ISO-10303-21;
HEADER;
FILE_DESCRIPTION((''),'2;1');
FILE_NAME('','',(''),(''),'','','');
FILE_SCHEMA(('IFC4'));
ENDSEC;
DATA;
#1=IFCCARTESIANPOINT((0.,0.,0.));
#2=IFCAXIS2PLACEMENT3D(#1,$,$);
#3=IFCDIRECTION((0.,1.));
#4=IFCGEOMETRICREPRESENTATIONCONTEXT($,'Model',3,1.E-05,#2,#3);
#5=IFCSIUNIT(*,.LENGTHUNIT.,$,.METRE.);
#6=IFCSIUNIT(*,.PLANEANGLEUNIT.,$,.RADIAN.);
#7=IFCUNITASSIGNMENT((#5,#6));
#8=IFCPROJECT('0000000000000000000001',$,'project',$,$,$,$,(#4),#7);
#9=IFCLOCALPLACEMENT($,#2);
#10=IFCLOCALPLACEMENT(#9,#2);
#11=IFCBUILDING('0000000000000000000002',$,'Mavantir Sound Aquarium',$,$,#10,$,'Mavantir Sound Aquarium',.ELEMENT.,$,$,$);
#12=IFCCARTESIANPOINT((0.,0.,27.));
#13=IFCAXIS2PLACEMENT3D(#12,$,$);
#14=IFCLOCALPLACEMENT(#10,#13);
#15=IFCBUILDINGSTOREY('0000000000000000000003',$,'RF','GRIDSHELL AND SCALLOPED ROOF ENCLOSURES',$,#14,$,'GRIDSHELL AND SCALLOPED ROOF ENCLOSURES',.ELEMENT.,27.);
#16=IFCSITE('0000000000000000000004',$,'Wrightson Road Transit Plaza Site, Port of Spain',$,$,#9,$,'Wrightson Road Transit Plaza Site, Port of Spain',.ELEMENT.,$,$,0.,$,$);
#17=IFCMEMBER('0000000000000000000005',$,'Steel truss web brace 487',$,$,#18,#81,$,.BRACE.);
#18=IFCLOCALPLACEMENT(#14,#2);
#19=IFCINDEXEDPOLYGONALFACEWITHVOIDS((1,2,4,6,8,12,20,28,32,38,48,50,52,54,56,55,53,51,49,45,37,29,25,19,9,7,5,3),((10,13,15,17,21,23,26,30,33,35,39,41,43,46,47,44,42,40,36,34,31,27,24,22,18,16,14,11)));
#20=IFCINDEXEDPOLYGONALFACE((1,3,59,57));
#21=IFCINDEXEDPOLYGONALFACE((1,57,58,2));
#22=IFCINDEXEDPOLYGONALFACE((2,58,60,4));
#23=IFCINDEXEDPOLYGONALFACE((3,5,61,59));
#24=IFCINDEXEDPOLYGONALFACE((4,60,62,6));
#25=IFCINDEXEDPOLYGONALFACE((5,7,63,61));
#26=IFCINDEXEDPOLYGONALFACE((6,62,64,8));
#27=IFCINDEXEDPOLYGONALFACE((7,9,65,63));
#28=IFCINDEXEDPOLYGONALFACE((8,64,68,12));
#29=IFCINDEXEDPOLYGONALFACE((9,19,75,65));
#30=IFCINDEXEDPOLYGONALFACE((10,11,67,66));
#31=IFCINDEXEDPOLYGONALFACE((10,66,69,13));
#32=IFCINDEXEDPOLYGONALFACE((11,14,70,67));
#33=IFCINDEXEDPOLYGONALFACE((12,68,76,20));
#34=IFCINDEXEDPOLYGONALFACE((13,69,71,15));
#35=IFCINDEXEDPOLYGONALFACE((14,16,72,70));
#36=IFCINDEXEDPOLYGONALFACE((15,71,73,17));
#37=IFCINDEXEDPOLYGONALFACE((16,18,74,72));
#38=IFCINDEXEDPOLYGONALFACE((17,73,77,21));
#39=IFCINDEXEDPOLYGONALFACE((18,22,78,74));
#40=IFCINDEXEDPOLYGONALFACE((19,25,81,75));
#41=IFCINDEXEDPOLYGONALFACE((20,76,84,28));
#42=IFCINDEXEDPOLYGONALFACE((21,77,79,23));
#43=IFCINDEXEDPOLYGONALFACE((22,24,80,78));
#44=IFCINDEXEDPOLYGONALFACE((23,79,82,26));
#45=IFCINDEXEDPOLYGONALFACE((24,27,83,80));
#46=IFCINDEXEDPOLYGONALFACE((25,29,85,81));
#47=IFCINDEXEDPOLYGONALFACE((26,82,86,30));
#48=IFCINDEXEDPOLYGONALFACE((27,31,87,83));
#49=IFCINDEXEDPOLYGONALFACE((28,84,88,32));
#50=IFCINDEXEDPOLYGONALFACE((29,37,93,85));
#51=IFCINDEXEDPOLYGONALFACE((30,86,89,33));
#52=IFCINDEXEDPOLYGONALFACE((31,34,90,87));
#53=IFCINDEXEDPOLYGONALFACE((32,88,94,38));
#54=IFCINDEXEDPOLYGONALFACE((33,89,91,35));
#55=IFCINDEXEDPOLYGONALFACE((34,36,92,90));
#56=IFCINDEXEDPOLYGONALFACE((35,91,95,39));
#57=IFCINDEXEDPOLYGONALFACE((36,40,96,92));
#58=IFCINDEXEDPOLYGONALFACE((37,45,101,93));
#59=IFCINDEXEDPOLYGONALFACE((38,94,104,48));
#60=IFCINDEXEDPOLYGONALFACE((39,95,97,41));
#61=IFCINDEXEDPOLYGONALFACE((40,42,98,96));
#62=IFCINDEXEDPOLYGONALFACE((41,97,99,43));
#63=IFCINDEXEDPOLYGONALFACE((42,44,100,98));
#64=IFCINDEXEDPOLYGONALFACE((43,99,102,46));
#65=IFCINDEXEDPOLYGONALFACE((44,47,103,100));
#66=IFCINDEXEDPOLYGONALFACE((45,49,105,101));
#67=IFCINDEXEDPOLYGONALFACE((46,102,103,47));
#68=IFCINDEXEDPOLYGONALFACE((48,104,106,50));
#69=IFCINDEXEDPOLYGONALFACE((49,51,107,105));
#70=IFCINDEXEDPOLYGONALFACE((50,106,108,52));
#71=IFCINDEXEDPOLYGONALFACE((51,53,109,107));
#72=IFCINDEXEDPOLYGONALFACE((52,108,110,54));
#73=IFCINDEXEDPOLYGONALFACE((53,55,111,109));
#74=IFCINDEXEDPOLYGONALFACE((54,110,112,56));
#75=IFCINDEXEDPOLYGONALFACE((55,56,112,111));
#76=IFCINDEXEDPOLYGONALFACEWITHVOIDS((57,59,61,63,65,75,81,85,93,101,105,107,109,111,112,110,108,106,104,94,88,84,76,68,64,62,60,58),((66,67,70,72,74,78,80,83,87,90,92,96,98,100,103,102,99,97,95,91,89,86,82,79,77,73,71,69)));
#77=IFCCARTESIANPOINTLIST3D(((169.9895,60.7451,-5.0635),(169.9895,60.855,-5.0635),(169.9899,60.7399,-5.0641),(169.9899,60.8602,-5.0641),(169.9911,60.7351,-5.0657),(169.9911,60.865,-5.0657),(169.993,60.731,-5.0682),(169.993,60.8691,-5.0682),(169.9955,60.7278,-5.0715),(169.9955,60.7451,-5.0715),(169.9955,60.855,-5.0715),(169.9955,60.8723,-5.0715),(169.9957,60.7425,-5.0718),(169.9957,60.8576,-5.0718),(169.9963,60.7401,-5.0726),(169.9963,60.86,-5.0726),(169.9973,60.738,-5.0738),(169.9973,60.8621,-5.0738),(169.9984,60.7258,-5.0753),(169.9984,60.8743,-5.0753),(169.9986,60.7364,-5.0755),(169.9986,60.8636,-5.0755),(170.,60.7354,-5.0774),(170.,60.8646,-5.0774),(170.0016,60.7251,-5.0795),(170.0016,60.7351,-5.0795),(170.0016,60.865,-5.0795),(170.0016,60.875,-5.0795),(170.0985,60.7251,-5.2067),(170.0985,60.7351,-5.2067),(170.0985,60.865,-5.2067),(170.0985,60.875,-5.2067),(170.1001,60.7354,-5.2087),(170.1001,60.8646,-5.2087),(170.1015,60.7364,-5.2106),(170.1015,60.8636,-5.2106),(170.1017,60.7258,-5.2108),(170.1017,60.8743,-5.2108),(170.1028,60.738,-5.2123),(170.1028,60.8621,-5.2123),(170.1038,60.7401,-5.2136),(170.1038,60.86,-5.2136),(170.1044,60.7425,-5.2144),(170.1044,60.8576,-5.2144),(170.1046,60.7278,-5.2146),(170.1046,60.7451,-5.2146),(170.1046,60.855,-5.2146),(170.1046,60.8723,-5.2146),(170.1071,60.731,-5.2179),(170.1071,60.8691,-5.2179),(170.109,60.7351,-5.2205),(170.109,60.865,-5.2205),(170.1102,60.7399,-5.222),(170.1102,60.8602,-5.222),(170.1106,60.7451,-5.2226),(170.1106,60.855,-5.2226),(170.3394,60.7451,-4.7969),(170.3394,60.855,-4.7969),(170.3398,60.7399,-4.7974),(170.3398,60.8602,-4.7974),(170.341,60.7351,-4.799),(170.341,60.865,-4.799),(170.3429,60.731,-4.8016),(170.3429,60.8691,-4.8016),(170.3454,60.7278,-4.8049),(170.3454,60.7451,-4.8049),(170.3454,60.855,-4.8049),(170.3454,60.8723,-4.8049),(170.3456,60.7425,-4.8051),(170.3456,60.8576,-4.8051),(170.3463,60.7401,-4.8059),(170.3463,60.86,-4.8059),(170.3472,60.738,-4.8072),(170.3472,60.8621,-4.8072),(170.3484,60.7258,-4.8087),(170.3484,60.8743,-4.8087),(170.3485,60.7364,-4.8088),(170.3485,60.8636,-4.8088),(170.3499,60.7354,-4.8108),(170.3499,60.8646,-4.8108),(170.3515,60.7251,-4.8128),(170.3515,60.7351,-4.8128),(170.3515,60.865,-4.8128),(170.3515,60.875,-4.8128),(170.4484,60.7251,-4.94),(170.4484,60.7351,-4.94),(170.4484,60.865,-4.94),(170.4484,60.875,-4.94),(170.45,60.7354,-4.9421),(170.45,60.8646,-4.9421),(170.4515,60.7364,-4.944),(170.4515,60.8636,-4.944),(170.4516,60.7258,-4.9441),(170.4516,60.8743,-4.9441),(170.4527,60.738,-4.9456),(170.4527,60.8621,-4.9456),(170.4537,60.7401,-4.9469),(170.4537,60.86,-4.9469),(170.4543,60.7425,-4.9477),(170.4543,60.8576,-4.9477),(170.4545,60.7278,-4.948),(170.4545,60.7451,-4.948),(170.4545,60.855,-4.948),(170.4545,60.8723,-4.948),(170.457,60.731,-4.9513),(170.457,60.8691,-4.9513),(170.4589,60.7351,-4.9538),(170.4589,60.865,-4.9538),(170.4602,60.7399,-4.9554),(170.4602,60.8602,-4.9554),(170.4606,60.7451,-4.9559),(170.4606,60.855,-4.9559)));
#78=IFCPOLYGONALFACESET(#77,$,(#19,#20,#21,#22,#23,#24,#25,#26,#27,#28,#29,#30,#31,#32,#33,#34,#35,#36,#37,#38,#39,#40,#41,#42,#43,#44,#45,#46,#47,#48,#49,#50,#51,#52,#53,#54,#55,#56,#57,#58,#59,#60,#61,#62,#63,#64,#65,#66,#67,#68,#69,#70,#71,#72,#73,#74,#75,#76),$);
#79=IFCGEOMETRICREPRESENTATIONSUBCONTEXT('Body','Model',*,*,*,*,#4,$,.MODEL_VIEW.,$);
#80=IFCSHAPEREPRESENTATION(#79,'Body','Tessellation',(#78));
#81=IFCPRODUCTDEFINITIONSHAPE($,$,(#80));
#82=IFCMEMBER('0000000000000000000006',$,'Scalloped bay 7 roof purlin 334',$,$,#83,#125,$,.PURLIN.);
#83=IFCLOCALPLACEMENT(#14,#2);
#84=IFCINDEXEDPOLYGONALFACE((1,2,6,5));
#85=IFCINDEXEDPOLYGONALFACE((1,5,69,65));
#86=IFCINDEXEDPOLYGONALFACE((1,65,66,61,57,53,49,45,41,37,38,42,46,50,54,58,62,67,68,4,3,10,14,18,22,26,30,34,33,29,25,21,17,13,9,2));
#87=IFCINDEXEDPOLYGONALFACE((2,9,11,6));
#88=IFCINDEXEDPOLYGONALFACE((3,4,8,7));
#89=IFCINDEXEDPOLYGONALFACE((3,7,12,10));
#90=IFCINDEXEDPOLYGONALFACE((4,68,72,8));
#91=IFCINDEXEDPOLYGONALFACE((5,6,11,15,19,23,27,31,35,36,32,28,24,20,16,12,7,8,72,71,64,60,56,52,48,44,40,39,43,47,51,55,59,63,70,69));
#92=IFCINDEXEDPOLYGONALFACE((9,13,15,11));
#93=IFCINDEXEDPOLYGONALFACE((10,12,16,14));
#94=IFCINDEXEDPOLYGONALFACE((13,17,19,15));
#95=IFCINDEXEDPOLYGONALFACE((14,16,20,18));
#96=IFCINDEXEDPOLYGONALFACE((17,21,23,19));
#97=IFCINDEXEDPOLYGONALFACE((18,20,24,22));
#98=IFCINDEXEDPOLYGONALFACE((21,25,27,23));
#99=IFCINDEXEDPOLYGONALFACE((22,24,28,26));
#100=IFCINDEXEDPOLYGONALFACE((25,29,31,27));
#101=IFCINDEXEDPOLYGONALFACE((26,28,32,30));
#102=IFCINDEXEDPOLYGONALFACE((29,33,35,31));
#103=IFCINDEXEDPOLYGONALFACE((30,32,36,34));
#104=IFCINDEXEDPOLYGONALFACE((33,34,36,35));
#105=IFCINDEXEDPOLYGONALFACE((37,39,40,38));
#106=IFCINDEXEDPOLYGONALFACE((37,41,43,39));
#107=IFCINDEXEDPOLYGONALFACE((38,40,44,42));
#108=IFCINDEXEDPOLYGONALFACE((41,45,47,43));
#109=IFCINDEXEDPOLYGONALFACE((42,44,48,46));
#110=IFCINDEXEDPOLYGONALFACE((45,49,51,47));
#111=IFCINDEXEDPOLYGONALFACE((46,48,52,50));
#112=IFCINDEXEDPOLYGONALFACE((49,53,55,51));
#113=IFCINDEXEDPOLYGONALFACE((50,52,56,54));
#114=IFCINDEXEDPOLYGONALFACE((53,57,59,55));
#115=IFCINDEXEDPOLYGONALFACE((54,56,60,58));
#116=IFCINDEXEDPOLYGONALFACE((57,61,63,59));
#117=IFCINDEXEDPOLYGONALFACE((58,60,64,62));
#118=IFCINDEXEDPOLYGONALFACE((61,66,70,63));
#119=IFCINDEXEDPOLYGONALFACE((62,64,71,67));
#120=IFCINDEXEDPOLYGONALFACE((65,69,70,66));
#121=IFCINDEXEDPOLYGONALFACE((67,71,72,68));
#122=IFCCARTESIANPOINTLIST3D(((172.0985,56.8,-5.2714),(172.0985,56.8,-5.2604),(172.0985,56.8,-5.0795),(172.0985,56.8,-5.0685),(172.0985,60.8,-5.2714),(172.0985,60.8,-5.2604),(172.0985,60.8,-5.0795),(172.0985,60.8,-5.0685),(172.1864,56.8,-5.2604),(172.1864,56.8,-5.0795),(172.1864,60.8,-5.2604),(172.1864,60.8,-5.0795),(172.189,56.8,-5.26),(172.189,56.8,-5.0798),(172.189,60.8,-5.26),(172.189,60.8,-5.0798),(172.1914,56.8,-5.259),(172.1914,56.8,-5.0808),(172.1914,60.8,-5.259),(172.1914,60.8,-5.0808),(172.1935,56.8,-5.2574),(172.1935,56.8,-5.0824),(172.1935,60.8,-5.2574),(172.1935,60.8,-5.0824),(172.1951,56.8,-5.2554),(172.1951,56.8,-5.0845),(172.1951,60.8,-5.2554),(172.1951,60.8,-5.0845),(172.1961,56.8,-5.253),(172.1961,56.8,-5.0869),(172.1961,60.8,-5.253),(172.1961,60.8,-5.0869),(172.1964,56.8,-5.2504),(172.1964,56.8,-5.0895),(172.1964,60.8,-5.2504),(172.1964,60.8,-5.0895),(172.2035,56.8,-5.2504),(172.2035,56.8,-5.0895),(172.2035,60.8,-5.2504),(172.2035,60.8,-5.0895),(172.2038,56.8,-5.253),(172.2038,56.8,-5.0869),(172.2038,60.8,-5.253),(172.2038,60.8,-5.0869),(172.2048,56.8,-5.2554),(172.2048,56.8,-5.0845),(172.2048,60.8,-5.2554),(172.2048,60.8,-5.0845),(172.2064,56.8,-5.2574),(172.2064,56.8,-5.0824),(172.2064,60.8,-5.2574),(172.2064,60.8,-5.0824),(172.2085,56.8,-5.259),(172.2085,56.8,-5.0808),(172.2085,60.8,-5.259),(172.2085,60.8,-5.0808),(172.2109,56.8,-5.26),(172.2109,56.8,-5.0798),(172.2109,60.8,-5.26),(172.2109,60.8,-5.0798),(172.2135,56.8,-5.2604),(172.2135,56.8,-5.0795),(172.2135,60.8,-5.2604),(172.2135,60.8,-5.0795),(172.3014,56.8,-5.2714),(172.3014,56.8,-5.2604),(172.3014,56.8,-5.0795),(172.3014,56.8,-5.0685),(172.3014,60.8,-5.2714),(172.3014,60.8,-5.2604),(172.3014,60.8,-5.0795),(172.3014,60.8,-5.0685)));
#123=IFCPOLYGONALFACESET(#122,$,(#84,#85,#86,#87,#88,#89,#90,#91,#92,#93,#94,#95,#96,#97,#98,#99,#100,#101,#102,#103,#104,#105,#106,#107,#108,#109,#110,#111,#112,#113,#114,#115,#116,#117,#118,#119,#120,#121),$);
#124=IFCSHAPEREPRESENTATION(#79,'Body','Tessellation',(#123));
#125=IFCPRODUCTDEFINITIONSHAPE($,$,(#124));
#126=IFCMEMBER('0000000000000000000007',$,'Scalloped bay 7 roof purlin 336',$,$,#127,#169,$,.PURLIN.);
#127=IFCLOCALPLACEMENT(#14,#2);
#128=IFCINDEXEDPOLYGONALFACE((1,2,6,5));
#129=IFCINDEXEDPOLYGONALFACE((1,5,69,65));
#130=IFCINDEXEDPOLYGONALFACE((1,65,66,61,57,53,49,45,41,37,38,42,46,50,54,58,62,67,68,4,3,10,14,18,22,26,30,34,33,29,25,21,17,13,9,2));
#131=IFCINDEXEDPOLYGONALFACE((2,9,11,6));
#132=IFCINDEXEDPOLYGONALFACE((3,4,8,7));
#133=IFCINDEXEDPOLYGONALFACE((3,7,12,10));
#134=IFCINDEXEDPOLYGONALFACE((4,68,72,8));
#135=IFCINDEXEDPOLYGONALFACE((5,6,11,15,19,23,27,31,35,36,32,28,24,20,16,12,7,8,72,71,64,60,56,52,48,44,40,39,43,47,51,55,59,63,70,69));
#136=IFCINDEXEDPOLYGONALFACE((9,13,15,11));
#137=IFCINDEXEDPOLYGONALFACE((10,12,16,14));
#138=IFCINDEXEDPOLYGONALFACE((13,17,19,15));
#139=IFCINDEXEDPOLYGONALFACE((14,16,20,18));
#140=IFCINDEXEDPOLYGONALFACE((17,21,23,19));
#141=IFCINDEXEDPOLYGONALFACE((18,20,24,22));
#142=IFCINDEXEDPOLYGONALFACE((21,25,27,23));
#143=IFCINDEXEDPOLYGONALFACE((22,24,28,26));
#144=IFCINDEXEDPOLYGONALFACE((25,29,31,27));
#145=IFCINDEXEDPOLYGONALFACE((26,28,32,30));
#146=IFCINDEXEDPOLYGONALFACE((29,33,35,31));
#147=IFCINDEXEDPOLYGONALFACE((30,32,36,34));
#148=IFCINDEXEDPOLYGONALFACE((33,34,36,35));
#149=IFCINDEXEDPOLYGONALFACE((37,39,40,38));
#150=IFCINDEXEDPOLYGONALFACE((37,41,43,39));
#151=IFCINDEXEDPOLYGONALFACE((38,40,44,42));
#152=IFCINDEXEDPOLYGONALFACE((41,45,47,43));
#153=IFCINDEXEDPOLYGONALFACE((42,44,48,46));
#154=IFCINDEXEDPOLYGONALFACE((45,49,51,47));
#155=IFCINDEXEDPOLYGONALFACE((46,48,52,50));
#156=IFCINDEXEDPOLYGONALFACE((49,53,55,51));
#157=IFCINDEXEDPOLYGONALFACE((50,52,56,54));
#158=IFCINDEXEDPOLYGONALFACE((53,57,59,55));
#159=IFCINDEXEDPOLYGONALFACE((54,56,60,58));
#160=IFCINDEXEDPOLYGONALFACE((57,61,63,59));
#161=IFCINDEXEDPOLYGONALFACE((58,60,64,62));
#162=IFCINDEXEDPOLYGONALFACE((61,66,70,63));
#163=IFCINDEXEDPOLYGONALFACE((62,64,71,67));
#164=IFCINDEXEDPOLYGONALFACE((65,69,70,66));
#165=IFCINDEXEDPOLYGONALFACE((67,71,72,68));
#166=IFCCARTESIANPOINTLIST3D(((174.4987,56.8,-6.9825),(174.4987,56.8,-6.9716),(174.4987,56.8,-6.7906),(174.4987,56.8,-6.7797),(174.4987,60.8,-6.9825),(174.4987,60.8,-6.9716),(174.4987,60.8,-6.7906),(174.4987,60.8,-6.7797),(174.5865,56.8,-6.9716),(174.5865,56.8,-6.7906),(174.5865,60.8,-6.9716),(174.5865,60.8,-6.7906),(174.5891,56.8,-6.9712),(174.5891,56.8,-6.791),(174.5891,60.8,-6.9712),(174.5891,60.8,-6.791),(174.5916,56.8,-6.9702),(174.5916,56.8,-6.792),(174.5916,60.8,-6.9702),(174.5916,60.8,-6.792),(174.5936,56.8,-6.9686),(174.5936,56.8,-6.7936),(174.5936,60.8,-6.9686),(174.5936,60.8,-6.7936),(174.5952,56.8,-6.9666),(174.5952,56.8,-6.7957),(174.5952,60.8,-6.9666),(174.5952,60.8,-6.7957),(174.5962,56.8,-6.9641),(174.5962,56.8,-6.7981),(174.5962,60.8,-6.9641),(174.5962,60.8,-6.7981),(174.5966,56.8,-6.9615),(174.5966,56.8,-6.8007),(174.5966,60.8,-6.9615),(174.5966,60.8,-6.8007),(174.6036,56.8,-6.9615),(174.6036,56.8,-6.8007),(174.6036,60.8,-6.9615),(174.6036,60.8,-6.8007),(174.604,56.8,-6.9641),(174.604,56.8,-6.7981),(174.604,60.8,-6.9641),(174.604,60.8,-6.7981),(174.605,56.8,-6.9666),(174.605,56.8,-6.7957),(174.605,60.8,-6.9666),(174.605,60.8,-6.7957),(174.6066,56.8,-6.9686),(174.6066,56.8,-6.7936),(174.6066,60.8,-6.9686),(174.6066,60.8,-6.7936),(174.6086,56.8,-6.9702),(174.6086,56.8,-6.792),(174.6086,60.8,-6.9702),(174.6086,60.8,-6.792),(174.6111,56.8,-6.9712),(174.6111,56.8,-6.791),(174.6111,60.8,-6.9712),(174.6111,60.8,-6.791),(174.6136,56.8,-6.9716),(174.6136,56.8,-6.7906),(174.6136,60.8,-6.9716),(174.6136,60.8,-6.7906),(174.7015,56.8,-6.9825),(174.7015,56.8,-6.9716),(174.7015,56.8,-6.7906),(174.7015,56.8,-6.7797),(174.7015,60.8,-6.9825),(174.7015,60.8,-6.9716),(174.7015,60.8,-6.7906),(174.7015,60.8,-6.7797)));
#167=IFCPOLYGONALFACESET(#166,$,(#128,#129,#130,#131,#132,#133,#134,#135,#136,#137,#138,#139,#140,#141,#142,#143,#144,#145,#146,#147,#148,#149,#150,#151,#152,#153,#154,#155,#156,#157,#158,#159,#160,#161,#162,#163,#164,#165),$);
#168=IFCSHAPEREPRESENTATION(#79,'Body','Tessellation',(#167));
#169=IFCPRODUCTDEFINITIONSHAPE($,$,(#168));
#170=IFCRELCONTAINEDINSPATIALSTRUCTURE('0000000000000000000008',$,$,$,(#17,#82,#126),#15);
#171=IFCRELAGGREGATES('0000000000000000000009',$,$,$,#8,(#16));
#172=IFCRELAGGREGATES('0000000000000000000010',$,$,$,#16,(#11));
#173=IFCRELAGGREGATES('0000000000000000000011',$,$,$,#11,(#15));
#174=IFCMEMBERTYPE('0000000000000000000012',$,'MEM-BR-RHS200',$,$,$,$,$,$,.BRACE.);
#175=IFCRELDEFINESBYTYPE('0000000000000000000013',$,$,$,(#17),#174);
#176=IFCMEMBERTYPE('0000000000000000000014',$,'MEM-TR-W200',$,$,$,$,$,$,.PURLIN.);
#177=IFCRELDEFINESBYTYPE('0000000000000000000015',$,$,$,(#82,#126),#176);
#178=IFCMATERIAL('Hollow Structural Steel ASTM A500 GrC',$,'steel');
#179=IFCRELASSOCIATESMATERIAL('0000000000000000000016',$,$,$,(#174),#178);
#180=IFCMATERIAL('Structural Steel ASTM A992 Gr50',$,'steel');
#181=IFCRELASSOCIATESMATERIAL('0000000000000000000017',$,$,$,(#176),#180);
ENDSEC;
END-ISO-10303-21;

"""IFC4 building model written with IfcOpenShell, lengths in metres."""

from ifc_helpers import new_model, si_unit, direction, frame, origin, origin_2d, place, context, subcontext, project, spatial, hollow_rectangle, i_section, extrude, material, material_profile, profile_set, type_object, element, save


model = new_model("IFC4")

# Units and contexts
model_context = context("Model", 3, precision=1e-05, world=origin(), true_north=direction((0.0, 1.0)))
body_context = subcontext(model_context, "Body", "Model", "MODEL_VIEW")
ifc_project = project(units=[si_unit("LENGTHUNIT", "METRE"), si_unit("PLANEANGLEUNIT", "RADIAN")], contexts=[model_context])

# Site, building, storey
site_placement = place(None, origin())
site = spatial("IfcSite", under=ifc_project, at=site_placement, Name="Wrightson Road Transit Plaza Site, Port of Spain", LongName="Wrightson Road Transit Plaza Site, Port of Spain", CompositionType="ELEMENT", RefElevation=0.0)
building_placement = place(site_placement, origin())
building = spatial("IfcBuilding", under=site, at=building_placement, Name="Mavantir Sound Aquarium", LongName="Mavantir Sound Aquarium", CompositionType="ELEMENT")
storey_placement = place(building_placement, frame((0.0, 0.0, 27.0)))
storey = spatial("IfcBuildingStorey", under=building, at=storey_placement, Name="RF", Description="GRIDSHELL AND SCALLOPED ROOF ENCLOSURES", LongName="GRIDSHELL AND SCALLOPED ROOF ENCLOSURES", CompositionType="ELEMENT", Elevation=27.0)

# Shared definitions
ifc_material_1 = material(Name="Structural Steel ASTM A992 Gr50", Category="steel")

# Members
ifc_material_2 = material(Name="Hollow Structural Steel ASTM A500 GrC", Category="steel")
ifc_material_profile_1 = material_profile(ifc_material_2, hollow_rectangle(XDim=0.1499, YDim=0.2, WallThickness=0.01, InnerFilletRadius=0.01, OuterFilletRadius=0.02, at=origin_2d()), Name="RHS 200X150X10")
ifc_profile_set_1 = profile_set([ifc_material_profile_1], Name="Hollow Structural Steel ASTM A500 GrC")
member_type_1 = type_object("IfcMemberType", Name="MEM-BR-RHS200", PredefinedType="BRACE", material=ifc_profile_set_1)
for number, where, z_axis, x_axis, name in (
    (1, (170.05, 60.8, -5.1431), (0.795381, 0.0, 0.60611), (0.0, 1.0, 0.0), "Steel truss web brace 487"),
):
    element("IfcMember", number, at=place(storey_placement, frame(where, z_axis=z_axis, x_axis=x_axis)), inside=storey, type_object=member_type_1, Name=name, PredefinedType="BRACE", context=body_context, shape_type="SweptSolid", body=[
        extrude(hollow_rectangle(XDim=0.1499, YDim=0.2, WallThickness=0.01, InnerFilletRadius=0.01, OuterFilletRadius=0.02, at=origin_2d()), origin(), (0.0, 0.0, 1.0), 0.4399),
    ])
ifc_material_profile_2 = material_profile(ifc_material_1, i_section(OverallWidth=0.2029, OverallDepth=0.2029, WebThickness=0.0071, FlangeThickness=0.011, FilletRadius=0.01, at=origin_2d()), Name="W200X46")
ifc_profile_set_2 = profile_set([ifc_material_profile_2], Name="Structural Steel ASTM A992 Gr50")
member_type_2 = type_object("IfcMemberType", Name="MEM-TR-W200", PredefinedType="PURLIN", material=ifc_profile_set_2)
for number, where, z_axis, x_axis, name in (
    (2, (172.2, 56.8, -5.1699), (0.0, 1.0, 0.0), (-1.0, 0.0, 0.0), "Scalloped bay 7 roof purlin 334"),
    (3, (174.6001, 56.8, -6.8811), (0.0, 1.0, 0.0), (-1.0, 0.0, 0.0), "Scalloped bay 7 roof purlin 336"),
):
    element("IfcMember", number, at=place(storey_placement, frame(where, z_axis=z_axis, x_axis=x_axis)), inside=storey, type_object=member_type_2, Name=name, PredefinedType="PURLIN", context=body_context, shape_type="SweptSolid", body=[
        extrude(i_section(OverallWidth=0.2029, OverallDepth=0.2029, WebThickness=0.0071, FlangeThickness=0.011, FilletRadius=0.01, at=origin_2d()), origin(), (0.0, 0.0, 1.0), 4.0),
    ])

save(model, "model.ifc")
